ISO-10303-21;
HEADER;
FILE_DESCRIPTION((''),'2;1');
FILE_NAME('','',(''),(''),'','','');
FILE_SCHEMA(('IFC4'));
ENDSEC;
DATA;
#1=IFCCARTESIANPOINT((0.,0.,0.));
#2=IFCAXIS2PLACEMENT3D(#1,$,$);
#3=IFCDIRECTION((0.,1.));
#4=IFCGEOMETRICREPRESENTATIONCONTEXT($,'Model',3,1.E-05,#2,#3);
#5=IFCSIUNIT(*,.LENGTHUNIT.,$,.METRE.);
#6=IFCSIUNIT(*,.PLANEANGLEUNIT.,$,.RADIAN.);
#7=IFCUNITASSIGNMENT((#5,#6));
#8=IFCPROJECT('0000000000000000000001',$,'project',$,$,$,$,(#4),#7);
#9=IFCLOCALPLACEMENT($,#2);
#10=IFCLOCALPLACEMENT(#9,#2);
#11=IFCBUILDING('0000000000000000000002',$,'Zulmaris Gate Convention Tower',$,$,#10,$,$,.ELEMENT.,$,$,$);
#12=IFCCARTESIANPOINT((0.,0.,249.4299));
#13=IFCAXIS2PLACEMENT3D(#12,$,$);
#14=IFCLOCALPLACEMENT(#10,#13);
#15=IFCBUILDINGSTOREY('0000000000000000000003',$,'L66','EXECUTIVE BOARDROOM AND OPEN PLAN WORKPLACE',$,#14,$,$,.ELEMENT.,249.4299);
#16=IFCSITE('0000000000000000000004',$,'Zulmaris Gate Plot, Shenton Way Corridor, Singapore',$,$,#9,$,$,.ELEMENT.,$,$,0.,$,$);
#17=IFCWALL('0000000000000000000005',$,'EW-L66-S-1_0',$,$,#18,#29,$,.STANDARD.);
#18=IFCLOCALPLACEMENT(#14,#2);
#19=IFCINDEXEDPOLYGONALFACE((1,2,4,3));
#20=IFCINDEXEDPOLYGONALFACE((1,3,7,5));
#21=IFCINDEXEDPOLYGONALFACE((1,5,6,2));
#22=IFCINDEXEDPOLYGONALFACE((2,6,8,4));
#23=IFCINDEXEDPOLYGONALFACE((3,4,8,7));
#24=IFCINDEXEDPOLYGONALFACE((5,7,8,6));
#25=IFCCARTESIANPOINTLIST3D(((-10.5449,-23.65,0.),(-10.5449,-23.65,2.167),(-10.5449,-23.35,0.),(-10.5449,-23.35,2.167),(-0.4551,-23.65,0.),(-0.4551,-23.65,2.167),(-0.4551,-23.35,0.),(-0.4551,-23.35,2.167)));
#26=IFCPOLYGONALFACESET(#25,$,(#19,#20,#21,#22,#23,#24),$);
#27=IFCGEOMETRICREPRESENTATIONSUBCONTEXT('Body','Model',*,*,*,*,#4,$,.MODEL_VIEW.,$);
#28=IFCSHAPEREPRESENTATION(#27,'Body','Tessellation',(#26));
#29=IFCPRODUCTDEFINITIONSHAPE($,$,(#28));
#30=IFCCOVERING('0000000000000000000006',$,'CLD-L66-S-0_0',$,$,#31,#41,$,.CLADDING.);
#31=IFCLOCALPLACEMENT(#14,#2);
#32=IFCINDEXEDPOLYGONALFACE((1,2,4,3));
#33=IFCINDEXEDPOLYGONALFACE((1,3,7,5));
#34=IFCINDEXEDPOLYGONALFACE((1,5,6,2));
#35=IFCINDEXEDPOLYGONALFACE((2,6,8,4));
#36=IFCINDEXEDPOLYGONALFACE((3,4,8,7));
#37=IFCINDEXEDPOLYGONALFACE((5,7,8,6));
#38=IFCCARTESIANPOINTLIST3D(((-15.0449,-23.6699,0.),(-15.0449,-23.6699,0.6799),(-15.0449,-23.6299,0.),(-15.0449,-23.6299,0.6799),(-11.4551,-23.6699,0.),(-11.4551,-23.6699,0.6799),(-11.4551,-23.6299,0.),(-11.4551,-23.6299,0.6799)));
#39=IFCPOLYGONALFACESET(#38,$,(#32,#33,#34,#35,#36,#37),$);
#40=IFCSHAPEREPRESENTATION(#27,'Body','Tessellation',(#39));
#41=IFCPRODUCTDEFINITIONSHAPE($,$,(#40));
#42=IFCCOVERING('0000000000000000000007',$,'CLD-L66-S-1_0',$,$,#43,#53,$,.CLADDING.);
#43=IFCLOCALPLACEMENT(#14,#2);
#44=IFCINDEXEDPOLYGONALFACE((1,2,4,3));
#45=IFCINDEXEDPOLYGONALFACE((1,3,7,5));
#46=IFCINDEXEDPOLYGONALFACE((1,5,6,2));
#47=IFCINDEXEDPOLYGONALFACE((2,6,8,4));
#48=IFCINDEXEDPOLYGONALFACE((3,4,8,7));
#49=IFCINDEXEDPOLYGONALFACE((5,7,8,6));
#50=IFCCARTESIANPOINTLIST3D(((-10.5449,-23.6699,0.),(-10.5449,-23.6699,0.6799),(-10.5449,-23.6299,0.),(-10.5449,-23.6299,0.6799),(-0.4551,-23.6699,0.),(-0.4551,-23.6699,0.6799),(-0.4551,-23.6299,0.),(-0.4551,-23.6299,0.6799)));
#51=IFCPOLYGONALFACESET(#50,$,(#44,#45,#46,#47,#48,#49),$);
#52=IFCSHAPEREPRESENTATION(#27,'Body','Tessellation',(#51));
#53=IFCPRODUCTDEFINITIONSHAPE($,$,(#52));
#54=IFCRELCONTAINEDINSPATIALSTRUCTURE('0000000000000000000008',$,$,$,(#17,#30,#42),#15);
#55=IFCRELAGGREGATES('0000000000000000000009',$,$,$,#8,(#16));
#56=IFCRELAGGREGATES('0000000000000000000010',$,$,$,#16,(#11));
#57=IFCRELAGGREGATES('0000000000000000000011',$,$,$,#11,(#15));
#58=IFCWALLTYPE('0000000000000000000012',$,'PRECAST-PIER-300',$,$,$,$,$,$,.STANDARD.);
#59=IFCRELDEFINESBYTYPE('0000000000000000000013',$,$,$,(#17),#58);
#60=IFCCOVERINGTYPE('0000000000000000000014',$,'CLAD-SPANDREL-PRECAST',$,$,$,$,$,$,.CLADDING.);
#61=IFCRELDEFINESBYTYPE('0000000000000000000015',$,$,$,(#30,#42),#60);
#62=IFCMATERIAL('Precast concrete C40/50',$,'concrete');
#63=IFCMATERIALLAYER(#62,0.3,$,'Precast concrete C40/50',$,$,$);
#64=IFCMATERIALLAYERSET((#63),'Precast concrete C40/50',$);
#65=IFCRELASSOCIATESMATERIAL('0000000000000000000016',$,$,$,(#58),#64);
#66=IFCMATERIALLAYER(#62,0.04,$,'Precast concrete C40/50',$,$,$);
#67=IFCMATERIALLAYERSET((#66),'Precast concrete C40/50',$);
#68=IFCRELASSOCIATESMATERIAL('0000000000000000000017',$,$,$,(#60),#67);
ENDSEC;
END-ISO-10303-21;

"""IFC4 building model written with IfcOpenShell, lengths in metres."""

from ifc_helpers import new_model, si_unit, direction, frame, frame_2d, origin, place, context, subcontext, project, spatial, rectangle, extrude, material, layer, layer_set, type_object, element, save


model = new_model("IFC4")

# Units and contexts
model_context = context("Model", 3, precision=1e-05, world=origin(), true_north=direction((0.0, 1.0)))
body_context = subcontext(model_context, "Body", "Model", "MODEL_VIEW")
ifc_project = project(units=[si_unit("LENGTHUNIT", "METRE"), si_unit("PLANEANGLEUNIT", "RADIAN")], contexts=[model_context])

# Site, building, storey
site_placement = place(None, origin())
site = spatial("IfcSite", under=ifc_project, at=site_placement, Name="Zulmaris Gate Plot, Shenton Way Corridor, Singapore", CompositionType="ELEMENT", RefElevation=0.0)
building_placement = place(site_placement, origin())
building = spatial("IfcBuilding", under=site, at=building_placement, Name="Zulmaris Gate Convention Tower", CompositionType="ELEMENT")
storey_placement = place(building_placement, frame((0.0, 0.0, 249.4299)))
storey = spatial("IfcBuildingStorey", under=building, at=storey_placement, Name="L66", Description="EXECUTIVE BOARDROOM AND OPEN PLAN WORKPLACE", CompositionType="ELEMENT", Elevation=249.4299)

# Shared definitions
ifc_material_1 = material(Name="Precast concrete C40/50", Category="concrete")
ifc_layer_1 = layer(ifc_material_1, 0.3, Name="Precast concrete C40/50")
ifc_layer_set_1 = layer_set([ifc_layer_1], Name="Precast concrete C40/50")
wall_type_1 = type_object("IfcWallType", Name="PRECAST-PIER-300", PredefinedType="STANDARD", material=ifc_layer_set_1)

# Wall
wall_1_placement = place(storey_placement, frame((-10.5449, -23.5, 0.0), z_axis=(0.0, 0.0, 1.0), x_axis=(1.0, 0.0, 0.0)))
element("IfcWall", 1, at=wall_1_placement, inside=storey, type_object=wall_type_1, Name="EW-L66-S-1_0", PredefinedType="STANDARD", context=body_context, shape_type="SweptSolid", body=[
    extrude(rectangle(XDim=10.0898, YDim=0.3, at=frame_2d((5.0449, 0.0))), origin(), (0.0, 0.0, 1.0), 2.167),
])

# Coverings
ifc_layer_2 = layer(ifc_material_1, 0.04, Name="Precast concrete C40/50")
ifc_layer_set_2 = layer_set([ifc_layer_2], Name="Precast concrete C40/50")
covering_type = type_object("IfcCoveringType", Name="CLAD-SPANDREL-PRECAST", PredefinedType="CLADDING", material=ifc_layer_set_2)
covering_1_placement = place(storey_placement, frame((-15.0449, -23.6499, 0.0), z_axis=(0.0, 0.0, 1.0), x_axis=(1.0, 0.0, 0.0)))
element("IfcCovering", 2, at=covering_1_placement, inside=storey, type_object=covering_type, Name="CLD-L66-S-0_0", PredefinedType="CLADDING", context=body_context, shape_type="SweptSolid", body=[
    extrude(rectangle(XDim=3.5898, YDim=0.04, at=frame_2d((1.7949, 0.0))), origin(), (0.0, 0.0, 1.0), 0.6799),
])
covering_2_placement = place(storey_placement, frame((-10.5449, -23.6499, 0.0), z_axis=(0.0, 0.0, 1.0), x_axis=(1.0, 0.0, 0.0)))
element("IfcCovering", 3, at=covering_2_placement, inside=storey, type_object=covering_type, Name="CLD-L66-S-1_0", PredefinedType="CLADDING", context=body_context, shape_type="SweptSolid", body=[
    extrude(rectangle(XDim=10.0898, YDim=0.04, at=frame_2d((5.0449, 0.0))), origin(), (0.0, 0.0, 1.0), 0.6799),
])

save(model, "model.ifc")
